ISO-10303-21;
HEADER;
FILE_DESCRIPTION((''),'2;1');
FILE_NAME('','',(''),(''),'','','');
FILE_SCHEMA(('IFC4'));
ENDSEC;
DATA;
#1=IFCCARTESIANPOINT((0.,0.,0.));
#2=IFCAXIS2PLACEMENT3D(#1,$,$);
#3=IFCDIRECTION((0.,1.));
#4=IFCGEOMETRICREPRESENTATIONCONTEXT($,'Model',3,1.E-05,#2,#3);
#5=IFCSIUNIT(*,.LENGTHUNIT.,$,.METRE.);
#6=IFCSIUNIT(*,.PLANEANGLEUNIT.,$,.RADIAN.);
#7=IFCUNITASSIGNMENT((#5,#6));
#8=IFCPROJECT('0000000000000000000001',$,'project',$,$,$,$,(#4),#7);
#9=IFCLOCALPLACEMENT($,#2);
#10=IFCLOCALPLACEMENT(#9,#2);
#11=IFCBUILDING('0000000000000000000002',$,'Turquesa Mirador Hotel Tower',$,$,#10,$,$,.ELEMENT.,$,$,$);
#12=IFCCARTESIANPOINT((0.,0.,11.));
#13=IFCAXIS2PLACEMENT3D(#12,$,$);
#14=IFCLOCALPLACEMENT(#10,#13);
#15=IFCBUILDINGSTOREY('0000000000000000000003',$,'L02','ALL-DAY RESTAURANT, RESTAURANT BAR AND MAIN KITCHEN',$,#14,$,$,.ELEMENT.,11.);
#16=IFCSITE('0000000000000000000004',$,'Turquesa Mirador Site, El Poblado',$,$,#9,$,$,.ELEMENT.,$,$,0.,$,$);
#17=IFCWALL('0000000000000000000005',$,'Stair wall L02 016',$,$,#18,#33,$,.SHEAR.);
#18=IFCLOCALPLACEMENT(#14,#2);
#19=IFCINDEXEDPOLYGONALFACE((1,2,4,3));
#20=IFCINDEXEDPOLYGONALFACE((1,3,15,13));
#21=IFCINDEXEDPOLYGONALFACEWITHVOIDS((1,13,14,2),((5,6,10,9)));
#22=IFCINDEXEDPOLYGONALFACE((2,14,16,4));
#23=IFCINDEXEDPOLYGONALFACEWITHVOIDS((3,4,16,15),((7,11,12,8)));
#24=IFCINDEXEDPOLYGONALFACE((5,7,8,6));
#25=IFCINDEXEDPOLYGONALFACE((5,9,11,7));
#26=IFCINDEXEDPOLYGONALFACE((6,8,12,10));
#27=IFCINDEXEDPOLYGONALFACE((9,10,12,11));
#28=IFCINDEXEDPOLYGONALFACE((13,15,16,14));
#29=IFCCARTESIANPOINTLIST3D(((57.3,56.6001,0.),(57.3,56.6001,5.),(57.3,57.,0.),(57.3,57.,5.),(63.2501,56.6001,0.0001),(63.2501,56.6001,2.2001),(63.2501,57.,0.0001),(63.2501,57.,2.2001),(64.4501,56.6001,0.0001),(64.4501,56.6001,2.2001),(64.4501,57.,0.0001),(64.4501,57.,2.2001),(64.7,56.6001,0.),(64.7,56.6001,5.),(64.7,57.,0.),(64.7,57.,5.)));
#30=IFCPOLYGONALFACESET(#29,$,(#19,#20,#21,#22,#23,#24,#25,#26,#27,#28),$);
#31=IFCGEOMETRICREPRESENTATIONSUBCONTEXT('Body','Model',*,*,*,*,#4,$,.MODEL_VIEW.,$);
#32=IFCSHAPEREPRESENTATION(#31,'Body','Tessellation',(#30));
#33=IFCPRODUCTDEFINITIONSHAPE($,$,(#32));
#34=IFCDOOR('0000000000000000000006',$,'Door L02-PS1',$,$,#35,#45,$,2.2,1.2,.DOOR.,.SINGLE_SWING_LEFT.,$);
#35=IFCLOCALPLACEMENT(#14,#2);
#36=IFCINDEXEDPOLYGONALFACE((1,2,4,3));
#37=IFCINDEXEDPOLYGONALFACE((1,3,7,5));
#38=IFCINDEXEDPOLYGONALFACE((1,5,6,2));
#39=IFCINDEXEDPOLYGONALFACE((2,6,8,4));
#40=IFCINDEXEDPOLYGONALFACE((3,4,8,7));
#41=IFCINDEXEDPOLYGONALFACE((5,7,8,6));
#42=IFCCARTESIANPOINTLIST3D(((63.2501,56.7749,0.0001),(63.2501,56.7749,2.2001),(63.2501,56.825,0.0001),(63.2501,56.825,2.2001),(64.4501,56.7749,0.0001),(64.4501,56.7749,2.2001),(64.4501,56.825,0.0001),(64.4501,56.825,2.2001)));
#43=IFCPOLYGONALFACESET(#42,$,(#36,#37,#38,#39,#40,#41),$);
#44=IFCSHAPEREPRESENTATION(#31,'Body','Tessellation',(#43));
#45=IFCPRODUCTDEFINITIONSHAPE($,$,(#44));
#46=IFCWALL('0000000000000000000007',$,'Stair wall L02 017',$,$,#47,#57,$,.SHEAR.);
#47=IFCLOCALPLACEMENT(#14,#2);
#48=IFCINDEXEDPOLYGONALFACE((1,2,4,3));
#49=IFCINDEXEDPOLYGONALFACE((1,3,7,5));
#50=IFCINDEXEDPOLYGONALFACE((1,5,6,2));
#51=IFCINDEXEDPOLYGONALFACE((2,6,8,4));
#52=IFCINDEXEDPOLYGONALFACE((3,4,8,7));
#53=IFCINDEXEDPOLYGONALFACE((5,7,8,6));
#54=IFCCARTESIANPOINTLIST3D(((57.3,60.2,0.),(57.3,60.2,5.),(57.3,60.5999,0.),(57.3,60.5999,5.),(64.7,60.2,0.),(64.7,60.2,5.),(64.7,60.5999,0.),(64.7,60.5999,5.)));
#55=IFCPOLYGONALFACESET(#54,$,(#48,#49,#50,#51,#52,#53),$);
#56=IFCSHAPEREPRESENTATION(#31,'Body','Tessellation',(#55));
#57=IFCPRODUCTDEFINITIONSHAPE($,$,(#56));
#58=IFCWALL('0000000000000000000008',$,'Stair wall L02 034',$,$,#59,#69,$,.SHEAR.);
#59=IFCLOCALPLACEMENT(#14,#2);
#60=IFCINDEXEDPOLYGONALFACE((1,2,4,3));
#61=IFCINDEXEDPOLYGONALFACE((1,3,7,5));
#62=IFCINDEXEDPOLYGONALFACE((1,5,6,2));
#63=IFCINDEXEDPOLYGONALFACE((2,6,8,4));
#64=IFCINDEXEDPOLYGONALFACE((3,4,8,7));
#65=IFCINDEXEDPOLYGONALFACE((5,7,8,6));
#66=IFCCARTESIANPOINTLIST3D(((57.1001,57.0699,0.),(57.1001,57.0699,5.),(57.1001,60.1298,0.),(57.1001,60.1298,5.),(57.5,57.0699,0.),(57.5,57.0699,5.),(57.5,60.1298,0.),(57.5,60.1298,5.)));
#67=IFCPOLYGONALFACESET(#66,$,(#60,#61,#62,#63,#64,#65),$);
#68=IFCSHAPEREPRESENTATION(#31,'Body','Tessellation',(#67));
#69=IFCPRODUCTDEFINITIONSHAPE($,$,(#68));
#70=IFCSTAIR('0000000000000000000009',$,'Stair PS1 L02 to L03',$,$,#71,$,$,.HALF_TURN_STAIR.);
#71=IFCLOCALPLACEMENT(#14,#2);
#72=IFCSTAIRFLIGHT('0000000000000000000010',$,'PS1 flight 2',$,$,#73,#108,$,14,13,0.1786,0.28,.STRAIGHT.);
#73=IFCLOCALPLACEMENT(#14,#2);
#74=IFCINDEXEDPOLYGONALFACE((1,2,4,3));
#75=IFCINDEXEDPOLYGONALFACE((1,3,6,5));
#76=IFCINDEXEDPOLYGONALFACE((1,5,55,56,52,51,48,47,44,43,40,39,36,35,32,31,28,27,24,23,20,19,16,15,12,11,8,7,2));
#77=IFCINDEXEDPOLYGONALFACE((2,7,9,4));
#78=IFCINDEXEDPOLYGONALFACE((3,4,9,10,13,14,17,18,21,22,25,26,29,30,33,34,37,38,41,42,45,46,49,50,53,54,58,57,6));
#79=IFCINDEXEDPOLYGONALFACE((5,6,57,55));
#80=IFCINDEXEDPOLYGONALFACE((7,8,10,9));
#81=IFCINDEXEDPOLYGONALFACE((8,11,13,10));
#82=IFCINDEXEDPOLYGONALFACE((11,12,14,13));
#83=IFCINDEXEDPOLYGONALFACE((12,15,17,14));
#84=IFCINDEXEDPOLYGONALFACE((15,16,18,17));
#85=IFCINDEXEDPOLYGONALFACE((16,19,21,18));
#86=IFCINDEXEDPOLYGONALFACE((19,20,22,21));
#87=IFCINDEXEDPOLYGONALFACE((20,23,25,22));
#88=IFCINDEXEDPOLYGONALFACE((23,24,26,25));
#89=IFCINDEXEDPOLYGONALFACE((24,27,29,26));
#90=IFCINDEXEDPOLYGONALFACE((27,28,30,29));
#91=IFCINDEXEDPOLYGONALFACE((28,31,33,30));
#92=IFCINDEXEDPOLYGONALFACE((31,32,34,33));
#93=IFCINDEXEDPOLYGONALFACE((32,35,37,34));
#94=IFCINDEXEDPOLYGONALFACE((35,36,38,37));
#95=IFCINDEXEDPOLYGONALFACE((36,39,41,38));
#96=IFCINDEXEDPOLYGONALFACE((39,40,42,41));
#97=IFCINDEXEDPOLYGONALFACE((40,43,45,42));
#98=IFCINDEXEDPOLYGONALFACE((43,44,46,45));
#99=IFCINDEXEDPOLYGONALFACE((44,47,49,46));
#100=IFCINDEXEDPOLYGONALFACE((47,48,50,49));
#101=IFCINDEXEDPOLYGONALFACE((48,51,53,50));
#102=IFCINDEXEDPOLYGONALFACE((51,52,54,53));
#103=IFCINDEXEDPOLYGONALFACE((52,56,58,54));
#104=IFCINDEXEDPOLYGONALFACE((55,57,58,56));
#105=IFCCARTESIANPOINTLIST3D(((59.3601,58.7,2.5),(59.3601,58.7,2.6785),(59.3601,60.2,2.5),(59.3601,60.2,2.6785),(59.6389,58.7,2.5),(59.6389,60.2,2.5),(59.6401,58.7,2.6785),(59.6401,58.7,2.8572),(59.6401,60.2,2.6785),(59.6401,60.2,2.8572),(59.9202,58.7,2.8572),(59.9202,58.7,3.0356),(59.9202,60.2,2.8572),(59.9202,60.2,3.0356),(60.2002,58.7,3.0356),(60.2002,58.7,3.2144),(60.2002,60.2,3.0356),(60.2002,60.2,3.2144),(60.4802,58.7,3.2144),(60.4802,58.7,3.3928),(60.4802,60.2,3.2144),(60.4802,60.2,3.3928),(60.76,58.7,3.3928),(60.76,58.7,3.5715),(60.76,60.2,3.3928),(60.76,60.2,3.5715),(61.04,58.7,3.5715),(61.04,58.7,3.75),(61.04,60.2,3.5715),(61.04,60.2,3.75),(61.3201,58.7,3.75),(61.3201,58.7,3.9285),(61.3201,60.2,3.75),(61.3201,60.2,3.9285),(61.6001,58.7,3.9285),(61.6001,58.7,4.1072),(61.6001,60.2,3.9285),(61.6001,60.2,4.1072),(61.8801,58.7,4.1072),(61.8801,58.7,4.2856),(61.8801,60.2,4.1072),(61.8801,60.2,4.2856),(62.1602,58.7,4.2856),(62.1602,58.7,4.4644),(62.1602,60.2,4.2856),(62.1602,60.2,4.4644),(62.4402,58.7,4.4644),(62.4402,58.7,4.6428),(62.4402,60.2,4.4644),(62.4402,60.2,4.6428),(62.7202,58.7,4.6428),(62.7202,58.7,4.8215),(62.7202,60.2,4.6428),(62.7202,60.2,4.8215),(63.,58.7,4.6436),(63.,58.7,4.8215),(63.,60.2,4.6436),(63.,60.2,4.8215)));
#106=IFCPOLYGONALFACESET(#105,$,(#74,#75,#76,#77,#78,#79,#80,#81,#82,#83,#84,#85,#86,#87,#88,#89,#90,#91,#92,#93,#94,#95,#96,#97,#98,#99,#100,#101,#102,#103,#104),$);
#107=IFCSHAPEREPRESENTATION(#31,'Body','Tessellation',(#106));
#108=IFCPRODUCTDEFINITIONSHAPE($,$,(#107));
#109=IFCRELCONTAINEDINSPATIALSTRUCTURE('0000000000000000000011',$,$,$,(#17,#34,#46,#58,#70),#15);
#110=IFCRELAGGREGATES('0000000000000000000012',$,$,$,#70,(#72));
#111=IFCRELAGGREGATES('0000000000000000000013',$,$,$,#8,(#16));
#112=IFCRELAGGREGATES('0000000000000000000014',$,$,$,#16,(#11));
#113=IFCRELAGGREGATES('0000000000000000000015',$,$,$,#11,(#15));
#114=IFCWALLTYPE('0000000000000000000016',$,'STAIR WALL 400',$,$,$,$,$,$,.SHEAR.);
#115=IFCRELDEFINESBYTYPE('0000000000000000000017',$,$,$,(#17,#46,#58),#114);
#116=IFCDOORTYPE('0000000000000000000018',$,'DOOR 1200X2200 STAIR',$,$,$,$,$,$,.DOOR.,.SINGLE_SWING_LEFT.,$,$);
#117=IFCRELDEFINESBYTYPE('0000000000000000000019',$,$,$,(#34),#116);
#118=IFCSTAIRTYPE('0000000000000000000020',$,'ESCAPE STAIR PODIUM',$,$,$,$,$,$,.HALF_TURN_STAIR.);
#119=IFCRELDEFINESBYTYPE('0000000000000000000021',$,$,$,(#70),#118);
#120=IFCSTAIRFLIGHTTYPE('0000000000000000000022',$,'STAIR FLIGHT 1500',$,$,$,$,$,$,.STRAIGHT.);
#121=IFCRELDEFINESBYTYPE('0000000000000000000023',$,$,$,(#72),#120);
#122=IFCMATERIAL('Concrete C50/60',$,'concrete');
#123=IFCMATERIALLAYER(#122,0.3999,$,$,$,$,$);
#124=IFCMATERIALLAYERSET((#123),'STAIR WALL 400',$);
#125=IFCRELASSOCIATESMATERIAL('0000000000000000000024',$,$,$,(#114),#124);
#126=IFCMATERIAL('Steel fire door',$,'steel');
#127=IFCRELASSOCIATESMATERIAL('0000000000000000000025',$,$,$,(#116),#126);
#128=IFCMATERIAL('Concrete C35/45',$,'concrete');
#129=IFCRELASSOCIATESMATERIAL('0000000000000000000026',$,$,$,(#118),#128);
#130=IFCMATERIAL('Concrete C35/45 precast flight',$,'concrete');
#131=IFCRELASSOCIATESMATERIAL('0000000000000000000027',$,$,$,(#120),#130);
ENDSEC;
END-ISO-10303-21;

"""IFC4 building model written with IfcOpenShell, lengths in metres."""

from ifc_helpers import new_model, si_unit, direction, frame, frame_2d, origin, place, context, subcontext, project, spatial, polyline, rectangle, outline, extrude, material, layer, layer_set, type_object, element, fill, aggregate, save


model = new_model("IFC4")

# Units and contexts
model_context = context("Model", 3, precision=1e-05, world=origin(), true_north=direction((0.0, 1.0)))
body_context = subcontext(model_context, "Body", "Model", "MODEL_VIEW")
ifc_project = project(units=[si_unit("LENGTHUNIT", "METRE"), si_unit("PLANEANGLEUNIT", "RADIAN")], contexts=[model_context])

# Site, building, storey
site_placement = place(None, origin())
site = spatial("IfcSite", under=ifc_project, at=site_placement, Name="Turquesa Mirador Site, El Poblado", CompositionType="ELEMENT", RefElevation=0.0)
building_placement = place(site_placement, origin())
building = spatial("IfcBuilding", under=site, at=building_placement, Name="Turquesa Mirador Hotel Tower", CompositionType="ELEMENT")
storey_placement = place(building_placement, frame((0.0, 0.0, 11.0)))
storey = spatial("IfcBuildingStorey", under=building, at=storey_placement, Name="L02", Description="ALL-DAY RESTAURANT, RESTAURANT BAR AND MAIN KITCHEN", CompositionType="ELEMENT", Elevation=11.0)

# Wall, opening, door
ifc_material_1 = material(Name="Concrete C50/60", Category="concrete")
ifc_layer_1 = layer(ifc_material_1, 0.3999)
ifc_layer_set_1 = layer_set([ifc_layer_1], Name="STAIR WALL 400")
wall_type_1 = type_object("IfcWallType", Name="STAIR WALL 400", PredefinedType="SHEAR", material=ifc_layer_set_1)
wall_1_placement = place(storey_placement, frame((57.3, 56.8, 0.0), z_axis=(0.0, 0.0, 1.0), x_axis=(1.0, 0.0, 0.0)))
wall_1 = element("IfcWall", 1, at=wall_1_placement, inside=storey, type_object=wall_type_1, Name="Stair wall L02 016", PredefinedType="SHEAR", context=body_context, shape_type="SweptSolid", body=[
    extrude(rectangle(XDim=7.3999, YDim=0.3999, at=frame_2d((3.7, 0.0))), origin(), (0.0, 0.0, 1.0), 5.0),
])
opening_placement = place(wall_1_placement, frame((5.95, 0.0, 0.0)))
opening = element("IfcOpeningElement", 2, at=opening_placement, cuts=wall_1, PredefinedType="OPENING", context=body_context, shape_type="SweptSolid", body=[
    extrude(rectangle(XDim=1.2, YDim=2.2, at=frame_2d((0.6001, 1.1001))), frame((0.0, 0.21, 0.0), z_axis=(0.0, -1.0, 0.0), x_axis=(1.0, 0.0, 0.0)), (0.0, 0.0, 1.0), 0.4199),
])
ifc_material_2 = material(Name="Steel fire door", Category="steel")
door_type = type_object("IfcDoorType", Name="DOOR 1200X2200 STAIR", OperationType="SINGLE_SWING_LEFT", PredefinedType="DOOR", material=ifc_material_2)
door_placement = place(opening_placement, origin())
door = element("IfcDoor", 3, at=door_placement, inside=storey, type_object=door_type, Name="Door L02-PS1", OperationType="SINGLE_SWING_LEFT", OverallHeight=2.2, OverallWidth=1.2, PredefinedType="DOOR", context=body_context, shape_type="SweptSolid", body=[
    extrude(rectangle(XDim=1.2, YDim=2.2, at=frame_2d((0.6001, 1.1001))), frame((0.0, 0.0249, 0.0), z_axis=(0.0, -1.0, 0.0), x_axis=(1.0, 0.0, 0.0)), (0.0, 0.0, 1.0), 0.05),
])
fill(opening, door)

# Walls
wall_2_placement = place(storey_placement, frame((57.3, 60.3999, 0.0), z_axis=(0.0, 0.0, 1.0), x_axis=(1.0, 0.0, 0.0)))
element("IfcWall", 4, at=wall_2_placement, inside=storey, type_object=wall_type_1, Name="Stair wall L02 017", PredefinedType="SHEAR", context=body_context, shape_type="SweptSolid", body=[
    extrude(rectangle(XDim=7.3999, YDim=0.3999, at=frame_2d((3.7, 0.0))), origin(), (0.0, 0.0, 1.0), 5.0),
])
wall_3_placement = place(storey_placement, frame((57.3, 57.0701, 0.0), z_axis=(0.0, 0.0, 1.0), x_axis=(0.0, 1.0, 0.0)))
element("IfcWall", 5, at=wall_3_placement, inside=storey, type_object=wall_type_1, Name="Stair wall L02 034", PredefinedType="SHEAR", context=body_context, shape_type="SweptSolid", body=[
    extrude(rectangle(XDim=3.0598, YDim=0.3999, at=frame_2d((1.5298, 0.0))), origin(), (0.0, 0.0, 1.0), 5.0),
])

# Stair, stair flight
ifc_material_3 = material(Name="Concrete C35/45", Category="concrete")
stair_type = type_object("IfcStairType", Name="ESCAPE STAIR PODIUM", PredefinedType="HALF_TURN_STAIR", material=ifc_material_3)
stair_placement = place(storey_placement, origin())
stair = element("IfcStair", 6, at=stair_placement, inside=storey, type_object=stair_type, Name="Stair PS1 L02 to L03", PredefinedType="HALF_TURN_STAIR")
ifc_material_4 = material(Name="Concrete C35/45 precast flight", Category="concrete")
stair_flight_type = type_object("IfcStairFlightType", Name="STAIR FLIGHT 1500", PredefinedType="STRAIGHT", material=ifc_material_4)
stair_flight_placement = place(storey_placement, frame((59.3601, 59.45, 2.5), z_axis=(0.0, 0.0, 1.0), x_axis=(1.0, 0.0, 0.0)))
stair_flight = element("IfcStairFlight", 7, at=stair_flight_placement, type_object=stair_flight_type, Name="PS1 flight 2", NumberOfRisers=14, NumberOfTreads=13, PredefinedType="STRAIGHT", RiserHeight=0.1786, TreadLength=0.28, context=body_context, shape_type="SweptSolid", body=[
    extrude(outline(polyline([(0.0, 0.0), (0.0, 0.1785), (0.28, 0.1785), (0.28, 0.3572), (0.5601, 0.3572), (0.5601, 0.5356), (0.8401, 0.5356), (0.8401, 0.7144), (1.1201, 0.7144), (1.1201, 0.8928), (1.3999, 0.8928), (1.3999, 1.0715), (1.6799, 1.0715), (1.6799, 1.25), (1.96, 1.25), (1.96, 1.4285), (2.24, 1.4285), (2.24, 1.6072), (2.52, 1.6072), (2.52, 1.7856), (2.8, 1.7856), (2.8, 1.9644), (3.0801, 1.9644), (3.0801, 2.1428), (3.3601, 2.1428), (3.3601, 2.3215), (3.6399, 2.3215), (3.6399, 2.5), (3.6399, 2.1436), (0.2788, 0.0), (0.0, 0.0)])), frame((0.0, 0.75, 0.0), z_axis=(0.0, -1.0, 0.0), x_axis=(1.0, 0.0, 0.0)), (0.0, 0.0, 1.0), 1.5),
])
aggregate(stair, [stair_flight])

save(model, "model.ifc")
